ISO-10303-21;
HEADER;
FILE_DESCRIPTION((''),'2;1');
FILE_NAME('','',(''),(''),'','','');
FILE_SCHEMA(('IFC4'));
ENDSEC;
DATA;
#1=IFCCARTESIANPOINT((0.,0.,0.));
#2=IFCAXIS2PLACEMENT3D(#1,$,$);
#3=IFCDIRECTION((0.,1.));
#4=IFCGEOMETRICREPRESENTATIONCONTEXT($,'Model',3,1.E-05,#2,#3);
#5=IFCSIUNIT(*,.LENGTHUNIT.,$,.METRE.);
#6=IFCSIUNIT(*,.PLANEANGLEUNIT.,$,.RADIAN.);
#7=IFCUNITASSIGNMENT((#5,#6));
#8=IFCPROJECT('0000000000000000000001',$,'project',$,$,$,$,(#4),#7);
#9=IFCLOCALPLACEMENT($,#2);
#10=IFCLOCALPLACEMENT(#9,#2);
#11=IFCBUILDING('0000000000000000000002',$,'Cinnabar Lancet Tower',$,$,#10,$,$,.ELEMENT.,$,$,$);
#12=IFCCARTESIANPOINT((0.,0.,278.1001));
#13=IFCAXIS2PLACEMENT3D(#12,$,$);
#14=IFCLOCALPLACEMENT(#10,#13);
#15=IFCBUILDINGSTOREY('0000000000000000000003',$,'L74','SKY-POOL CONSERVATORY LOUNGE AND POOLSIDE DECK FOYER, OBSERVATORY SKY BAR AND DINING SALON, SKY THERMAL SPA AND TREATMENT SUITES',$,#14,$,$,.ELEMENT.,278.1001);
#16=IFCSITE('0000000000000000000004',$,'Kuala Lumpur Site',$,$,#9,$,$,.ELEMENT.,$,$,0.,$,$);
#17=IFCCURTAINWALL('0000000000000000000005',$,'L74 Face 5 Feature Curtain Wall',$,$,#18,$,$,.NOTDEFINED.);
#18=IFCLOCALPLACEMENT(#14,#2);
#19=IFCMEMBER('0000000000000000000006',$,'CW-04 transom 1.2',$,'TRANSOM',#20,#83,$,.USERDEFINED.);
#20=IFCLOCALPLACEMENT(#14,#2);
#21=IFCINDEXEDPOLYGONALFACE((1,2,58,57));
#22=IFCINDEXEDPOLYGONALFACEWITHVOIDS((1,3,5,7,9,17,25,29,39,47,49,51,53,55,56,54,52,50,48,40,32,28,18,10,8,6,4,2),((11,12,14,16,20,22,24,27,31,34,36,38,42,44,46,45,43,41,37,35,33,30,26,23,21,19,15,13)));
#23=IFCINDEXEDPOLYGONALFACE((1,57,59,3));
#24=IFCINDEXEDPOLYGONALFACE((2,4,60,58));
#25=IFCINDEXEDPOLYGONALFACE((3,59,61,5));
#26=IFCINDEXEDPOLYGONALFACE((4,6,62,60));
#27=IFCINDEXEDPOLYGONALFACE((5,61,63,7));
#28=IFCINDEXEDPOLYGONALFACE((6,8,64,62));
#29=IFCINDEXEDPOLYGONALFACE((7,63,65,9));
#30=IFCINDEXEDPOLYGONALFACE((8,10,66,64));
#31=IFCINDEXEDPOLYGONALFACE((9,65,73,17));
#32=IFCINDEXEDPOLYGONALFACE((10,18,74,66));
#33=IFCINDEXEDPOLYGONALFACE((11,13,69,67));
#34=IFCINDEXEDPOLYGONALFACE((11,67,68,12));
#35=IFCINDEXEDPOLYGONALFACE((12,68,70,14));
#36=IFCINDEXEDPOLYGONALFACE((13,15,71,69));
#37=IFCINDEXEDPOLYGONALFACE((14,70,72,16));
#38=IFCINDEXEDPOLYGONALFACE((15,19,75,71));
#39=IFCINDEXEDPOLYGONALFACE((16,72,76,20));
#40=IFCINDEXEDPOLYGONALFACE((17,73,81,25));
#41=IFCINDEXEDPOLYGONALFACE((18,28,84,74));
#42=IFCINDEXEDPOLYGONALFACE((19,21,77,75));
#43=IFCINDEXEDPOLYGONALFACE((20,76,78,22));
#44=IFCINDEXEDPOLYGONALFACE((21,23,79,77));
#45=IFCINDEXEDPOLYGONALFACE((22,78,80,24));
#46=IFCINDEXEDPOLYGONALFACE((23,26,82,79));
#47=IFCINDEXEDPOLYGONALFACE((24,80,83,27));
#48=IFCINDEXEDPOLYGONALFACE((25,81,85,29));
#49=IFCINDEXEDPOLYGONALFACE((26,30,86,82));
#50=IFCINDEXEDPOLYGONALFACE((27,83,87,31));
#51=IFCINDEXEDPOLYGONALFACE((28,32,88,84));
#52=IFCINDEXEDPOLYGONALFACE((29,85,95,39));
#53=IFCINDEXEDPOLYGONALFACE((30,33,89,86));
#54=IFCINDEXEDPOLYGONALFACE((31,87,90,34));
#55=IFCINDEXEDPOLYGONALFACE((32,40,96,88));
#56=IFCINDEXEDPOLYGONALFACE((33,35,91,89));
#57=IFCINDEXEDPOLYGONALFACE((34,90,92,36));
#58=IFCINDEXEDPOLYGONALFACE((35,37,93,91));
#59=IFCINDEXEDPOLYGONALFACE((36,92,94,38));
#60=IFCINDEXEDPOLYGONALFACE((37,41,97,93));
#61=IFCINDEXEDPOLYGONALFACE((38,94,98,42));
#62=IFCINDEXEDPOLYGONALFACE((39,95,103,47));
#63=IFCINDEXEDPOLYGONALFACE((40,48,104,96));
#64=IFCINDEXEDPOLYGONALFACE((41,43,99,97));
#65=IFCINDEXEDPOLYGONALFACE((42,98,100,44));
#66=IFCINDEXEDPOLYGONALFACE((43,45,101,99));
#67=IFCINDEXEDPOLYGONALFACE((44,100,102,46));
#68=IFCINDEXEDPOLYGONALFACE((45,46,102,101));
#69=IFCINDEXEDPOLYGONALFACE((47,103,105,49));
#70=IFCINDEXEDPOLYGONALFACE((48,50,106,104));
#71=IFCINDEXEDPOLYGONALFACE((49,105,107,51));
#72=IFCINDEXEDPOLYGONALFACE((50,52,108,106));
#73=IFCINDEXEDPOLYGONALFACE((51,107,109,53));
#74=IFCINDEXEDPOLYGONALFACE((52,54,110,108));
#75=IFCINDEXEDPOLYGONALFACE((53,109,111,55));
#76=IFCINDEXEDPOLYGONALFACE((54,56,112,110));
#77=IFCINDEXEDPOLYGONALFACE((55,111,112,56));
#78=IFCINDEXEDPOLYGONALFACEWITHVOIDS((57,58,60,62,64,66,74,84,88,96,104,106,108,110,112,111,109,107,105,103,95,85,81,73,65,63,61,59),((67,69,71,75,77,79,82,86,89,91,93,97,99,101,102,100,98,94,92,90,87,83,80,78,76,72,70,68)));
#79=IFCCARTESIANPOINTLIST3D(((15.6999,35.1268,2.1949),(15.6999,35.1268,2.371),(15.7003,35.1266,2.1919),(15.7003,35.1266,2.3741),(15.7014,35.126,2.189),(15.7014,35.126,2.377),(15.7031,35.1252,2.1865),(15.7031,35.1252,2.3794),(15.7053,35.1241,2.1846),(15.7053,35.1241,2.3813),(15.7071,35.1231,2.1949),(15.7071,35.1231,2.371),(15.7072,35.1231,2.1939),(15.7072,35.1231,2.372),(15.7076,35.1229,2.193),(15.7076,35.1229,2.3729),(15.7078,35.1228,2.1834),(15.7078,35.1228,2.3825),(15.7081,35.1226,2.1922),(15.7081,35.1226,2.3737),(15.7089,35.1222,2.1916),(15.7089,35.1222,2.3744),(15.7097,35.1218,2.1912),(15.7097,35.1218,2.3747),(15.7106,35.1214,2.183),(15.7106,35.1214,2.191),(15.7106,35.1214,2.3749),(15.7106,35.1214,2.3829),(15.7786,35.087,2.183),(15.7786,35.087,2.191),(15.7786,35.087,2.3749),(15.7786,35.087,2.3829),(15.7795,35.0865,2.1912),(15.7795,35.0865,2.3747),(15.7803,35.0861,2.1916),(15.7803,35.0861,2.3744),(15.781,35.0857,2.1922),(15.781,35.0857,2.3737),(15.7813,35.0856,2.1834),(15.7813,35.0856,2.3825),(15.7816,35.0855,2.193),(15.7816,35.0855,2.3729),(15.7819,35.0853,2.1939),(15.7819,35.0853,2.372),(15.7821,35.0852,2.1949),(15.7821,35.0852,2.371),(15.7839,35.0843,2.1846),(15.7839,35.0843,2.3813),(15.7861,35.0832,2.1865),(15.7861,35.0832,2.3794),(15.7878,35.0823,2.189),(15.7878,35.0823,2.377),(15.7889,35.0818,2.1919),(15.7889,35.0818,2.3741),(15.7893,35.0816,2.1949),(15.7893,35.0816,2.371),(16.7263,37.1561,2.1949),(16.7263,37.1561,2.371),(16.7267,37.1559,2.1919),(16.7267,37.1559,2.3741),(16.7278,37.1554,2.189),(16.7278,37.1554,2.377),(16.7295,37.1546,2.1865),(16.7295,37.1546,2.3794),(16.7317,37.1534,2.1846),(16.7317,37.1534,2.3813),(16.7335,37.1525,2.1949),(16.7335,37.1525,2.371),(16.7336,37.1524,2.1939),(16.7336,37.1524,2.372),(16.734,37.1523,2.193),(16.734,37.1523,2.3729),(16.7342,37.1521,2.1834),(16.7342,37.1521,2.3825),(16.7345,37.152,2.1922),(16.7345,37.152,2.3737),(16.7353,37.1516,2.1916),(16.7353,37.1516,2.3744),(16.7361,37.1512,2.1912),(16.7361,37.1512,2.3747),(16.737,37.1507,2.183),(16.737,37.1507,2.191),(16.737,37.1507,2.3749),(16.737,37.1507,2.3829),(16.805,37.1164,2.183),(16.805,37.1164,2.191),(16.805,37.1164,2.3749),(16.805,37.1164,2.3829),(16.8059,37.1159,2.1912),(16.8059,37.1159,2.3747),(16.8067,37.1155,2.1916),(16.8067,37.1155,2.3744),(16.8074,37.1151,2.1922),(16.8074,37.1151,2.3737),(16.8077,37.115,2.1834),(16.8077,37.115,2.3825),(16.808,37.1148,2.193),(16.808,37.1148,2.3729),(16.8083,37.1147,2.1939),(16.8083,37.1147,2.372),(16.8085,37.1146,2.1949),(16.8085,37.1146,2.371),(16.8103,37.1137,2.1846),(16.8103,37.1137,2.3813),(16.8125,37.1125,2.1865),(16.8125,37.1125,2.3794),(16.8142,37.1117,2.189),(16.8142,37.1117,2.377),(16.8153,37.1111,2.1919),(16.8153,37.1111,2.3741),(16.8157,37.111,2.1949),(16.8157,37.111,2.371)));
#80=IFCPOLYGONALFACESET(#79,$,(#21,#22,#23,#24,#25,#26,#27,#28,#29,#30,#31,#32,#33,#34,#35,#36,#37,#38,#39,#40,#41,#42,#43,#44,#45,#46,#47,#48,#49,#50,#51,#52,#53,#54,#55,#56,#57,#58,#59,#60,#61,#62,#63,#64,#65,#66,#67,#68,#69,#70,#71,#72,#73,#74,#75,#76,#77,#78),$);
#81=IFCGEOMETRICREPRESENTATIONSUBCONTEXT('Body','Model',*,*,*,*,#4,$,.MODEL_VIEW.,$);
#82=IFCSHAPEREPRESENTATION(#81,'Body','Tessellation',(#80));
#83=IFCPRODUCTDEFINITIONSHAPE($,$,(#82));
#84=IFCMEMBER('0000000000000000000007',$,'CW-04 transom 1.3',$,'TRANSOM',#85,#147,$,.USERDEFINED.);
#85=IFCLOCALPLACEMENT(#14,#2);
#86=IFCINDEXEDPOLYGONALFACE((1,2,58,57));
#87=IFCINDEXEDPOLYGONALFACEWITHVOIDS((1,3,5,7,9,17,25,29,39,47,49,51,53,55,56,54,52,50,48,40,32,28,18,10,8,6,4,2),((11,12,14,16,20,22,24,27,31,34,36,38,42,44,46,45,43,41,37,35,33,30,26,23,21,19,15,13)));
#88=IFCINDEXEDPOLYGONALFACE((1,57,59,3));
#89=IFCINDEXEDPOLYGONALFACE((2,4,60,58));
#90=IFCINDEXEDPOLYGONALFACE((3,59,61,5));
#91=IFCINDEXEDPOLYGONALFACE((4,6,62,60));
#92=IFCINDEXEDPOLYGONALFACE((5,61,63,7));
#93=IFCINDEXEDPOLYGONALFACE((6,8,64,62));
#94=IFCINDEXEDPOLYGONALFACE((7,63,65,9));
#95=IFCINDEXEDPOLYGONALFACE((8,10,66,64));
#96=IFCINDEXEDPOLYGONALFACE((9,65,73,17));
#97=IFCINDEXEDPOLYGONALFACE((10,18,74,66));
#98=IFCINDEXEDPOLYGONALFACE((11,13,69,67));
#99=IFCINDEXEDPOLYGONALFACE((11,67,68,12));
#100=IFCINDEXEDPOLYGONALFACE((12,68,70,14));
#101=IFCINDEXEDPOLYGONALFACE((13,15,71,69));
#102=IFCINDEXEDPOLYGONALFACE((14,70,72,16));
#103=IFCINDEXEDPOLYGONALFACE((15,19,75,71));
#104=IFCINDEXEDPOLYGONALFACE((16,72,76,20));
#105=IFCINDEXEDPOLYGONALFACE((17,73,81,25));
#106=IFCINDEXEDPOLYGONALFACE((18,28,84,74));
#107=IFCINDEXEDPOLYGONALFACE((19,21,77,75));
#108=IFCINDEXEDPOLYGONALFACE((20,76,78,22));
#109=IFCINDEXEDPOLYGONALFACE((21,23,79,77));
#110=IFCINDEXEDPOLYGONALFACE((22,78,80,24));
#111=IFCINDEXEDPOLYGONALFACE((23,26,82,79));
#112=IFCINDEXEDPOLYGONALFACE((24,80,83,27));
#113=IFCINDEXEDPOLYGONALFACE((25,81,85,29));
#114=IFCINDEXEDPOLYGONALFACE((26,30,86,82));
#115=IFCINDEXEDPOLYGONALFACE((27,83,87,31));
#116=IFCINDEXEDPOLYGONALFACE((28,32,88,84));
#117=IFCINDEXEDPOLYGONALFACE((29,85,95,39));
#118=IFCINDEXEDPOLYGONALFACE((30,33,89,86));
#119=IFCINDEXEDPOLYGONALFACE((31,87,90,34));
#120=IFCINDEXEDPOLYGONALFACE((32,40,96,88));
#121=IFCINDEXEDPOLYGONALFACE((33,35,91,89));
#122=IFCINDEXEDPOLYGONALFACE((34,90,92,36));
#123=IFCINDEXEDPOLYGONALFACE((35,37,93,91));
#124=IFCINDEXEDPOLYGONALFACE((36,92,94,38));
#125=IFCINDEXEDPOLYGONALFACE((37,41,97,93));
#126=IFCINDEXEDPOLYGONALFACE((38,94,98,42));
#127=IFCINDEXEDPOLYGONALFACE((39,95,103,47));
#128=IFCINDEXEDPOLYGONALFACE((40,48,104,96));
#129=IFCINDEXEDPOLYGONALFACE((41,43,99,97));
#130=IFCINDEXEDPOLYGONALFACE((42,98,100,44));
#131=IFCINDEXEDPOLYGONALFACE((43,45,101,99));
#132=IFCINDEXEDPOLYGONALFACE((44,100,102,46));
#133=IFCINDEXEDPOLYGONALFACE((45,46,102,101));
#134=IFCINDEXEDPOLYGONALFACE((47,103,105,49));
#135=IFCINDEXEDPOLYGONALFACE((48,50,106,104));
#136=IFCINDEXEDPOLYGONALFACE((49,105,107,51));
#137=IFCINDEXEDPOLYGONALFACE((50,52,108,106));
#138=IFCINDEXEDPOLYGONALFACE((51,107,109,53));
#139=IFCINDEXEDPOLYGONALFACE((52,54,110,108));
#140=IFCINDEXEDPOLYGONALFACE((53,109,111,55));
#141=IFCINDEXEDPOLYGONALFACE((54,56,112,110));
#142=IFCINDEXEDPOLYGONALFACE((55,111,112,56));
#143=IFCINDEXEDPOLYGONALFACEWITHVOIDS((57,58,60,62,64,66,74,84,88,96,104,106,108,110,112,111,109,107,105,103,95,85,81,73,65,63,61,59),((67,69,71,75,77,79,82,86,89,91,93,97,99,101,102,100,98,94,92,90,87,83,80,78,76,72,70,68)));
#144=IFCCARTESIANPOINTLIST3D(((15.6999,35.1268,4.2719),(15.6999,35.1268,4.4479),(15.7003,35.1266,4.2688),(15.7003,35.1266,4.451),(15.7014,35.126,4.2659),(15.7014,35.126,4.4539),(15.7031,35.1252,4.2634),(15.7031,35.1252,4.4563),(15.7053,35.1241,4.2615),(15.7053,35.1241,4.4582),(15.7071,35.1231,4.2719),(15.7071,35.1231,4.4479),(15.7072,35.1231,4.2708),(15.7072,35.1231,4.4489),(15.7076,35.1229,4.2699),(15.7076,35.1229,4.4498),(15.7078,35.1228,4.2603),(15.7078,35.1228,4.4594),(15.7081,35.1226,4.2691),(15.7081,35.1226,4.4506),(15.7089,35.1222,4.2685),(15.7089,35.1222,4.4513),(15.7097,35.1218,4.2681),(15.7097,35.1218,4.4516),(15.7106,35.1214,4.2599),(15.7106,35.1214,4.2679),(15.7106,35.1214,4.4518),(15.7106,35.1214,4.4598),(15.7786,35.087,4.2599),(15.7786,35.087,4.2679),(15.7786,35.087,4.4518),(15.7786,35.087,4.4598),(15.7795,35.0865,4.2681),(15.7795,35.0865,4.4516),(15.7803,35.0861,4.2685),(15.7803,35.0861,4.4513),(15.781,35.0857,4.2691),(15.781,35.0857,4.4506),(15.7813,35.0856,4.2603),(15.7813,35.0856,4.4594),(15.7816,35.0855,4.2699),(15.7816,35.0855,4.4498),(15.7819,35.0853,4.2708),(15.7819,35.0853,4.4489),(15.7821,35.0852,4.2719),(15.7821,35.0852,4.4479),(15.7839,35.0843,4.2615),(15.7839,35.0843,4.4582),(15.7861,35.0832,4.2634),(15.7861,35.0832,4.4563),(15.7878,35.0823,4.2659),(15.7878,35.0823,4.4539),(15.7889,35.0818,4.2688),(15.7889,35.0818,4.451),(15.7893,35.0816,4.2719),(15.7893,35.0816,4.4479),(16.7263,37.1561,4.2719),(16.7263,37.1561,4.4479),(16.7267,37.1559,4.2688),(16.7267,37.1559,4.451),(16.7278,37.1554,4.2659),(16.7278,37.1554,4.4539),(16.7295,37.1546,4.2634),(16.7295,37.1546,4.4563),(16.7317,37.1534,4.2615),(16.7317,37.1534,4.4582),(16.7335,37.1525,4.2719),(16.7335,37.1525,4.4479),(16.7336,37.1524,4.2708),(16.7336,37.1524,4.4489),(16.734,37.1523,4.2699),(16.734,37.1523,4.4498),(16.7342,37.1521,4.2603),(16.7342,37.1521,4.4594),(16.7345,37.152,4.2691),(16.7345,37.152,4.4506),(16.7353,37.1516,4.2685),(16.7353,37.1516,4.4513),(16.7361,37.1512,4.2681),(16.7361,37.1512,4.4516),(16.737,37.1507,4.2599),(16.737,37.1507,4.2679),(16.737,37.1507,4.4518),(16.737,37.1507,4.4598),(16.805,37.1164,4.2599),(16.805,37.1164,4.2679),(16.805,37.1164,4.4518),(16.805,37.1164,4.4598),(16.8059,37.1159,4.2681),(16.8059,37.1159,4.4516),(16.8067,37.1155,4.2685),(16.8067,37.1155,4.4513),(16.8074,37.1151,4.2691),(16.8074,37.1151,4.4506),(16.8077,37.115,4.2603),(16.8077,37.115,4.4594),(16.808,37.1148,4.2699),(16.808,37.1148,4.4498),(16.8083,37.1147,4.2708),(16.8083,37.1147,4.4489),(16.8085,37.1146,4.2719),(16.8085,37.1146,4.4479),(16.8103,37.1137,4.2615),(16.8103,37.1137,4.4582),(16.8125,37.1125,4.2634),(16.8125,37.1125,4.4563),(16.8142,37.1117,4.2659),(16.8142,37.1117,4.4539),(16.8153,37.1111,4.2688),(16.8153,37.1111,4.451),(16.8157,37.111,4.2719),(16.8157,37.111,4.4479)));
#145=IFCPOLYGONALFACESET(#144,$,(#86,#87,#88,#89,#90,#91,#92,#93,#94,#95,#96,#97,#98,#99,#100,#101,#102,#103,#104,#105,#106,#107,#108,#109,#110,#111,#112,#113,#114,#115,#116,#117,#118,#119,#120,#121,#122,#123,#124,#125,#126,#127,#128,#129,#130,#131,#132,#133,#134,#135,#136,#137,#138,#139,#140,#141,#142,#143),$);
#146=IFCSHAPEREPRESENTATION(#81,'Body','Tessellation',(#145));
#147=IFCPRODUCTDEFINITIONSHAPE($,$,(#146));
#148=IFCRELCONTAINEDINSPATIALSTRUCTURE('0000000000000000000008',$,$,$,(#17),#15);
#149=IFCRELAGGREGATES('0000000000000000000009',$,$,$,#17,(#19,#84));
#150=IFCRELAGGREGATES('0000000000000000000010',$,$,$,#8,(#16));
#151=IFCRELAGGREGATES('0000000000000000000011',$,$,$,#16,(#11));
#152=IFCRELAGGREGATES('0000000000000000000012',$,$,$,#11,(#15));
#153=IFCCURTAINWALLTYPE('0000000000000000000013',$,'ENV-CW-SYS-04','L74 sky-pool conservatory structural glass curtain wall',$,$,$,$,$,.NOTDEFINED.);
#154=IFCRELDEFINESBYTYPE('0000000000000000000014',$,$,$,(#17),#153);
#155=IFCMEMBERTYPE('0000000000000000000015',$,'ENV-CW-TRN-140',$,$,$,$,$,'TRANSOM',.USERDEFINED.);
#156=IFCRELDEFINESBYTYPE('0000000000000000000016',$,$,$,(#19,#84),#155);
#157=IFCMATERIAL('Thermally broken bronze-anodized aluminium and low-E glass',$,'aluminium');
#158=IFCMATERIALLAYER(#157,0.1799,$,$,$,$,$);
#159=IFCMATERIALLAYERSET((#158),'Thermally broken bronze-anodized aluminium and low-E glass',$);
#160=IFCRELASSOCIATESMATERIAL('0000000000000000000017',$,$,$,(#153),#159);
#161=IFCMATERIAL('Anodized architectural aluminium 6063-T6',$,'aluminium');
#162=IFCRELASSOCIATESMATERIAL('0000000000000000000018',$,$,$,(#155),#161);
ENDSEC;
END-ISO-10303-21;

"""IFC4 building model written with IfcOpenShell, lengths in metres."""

from ifc_helpers import new_model, si_unit, direction, frame, origin, origin_2d, place, context, subcontext, project, spatial, hollow_rectangle, extrude, material, layer, layer_set, material_profile, profile_set, type_object, element, aggregate, save


model = new_model("IFC4")

# Units and contexts
model_context = context("Model", 3, precision=1e-05, world=origin(), true_north=direction((0.0, 1.0)))
body_context = subcontext(model_context, "Body", "Model", "MODEL_VIEW")
ifc_project = project(units=[si_unit("LENGTHUNIT", "METRE"), si_unit("PLANEANGLEUNIT", "RADIAN")], contexts=[model_context])

# Site, building, storey
site_placement = place(None, origin())
site = spatial("IfcSite", under=ifc_project, at=site_placement, Name="Kuala Lumpur Site", CompositionType="ELEMENT", RefElevation=0.0)
building_placement = place(site_placement, origin())
building = spatial("IfcBuilding", under=site, at=building_placement, Name="Cinnabar Lancet Tower", CompositionType="ELEMENT")
storey_placement = place(building_placement, frame((0.0, 0.0, 278.1001)))
storey = spatial("IfcBuildingStorey", under=building, at=storey_placement, Name="L74", Description="SKY-POOL CONSERVATORY LOUNGE AND POOLSIDE DECK FOYER, OBSERVATORY SKY BAR AND DINING SALON, SKY THERMAL SPA AND TREATMENT SUITES", CompositionType="ELEMENT", Elevation=278.1001)

# Curtain wall, members
ifc_material_1 = material(Name="Thermally broken bronze-anodized aluminium and low-E glass", Category="aluminium")
ifc_layer_1 = layer(ifc_material_1, 0.1799)
ifc_layer_set_1 = layer_set([ifc_layer_1], Name="Thermally broken bronze-anodized aluminium and low-E glass")
curtain_wall_type = type_object("IfcCurtainWallType", Name="ENV-CW-SYS-04", Description="L74 sky-pool conservatory structural glass curtain wall", PredefinedType="NOTDEFINED", material=ifc_layer_set_1)
curtain_wall_placement = place(storey_placement, origin())
curtain_wall = element("IfcCurtainWall", 1, at=curtain_wall_placement, inside=storey, type_object=curtain_wall_type, Name="L74 Face 5 Feature Curtain Wall", PredefinedType="NOTDEFINED")
ifc_material_2 = material(Name="Anodized architectural aluminium 6063-T6", Category="aluminium")
ifc_material_profile_1 = material_profile(ifc_material_2, hollow_rectangle(XDim=0.1001, YDim=0.2, WallThickness=0.0081, InnerFilletRadius=0.0039, OuterFilletRadius=0.012, at=origin_2d()), Name="RHS 200x100x8")
ifc_profile_set_1 = profile_set([ifc_material_profile_1], Name="Anodized architectural aluminium 6063-T6")
member_type_1 = type_object("IfcMemberType", Name="ENV-CW-TRN-140", ElementType="TRANSOM", PredefinedType="USERDEFINED", material=ifc_profile_set_1)
member_1_placement = place(storey_placement, frame((16.771, 37.1335, 2.283), z_axis=(-0.451331, -0.892356, 0.0), x_axis=(0.892356, -0.451331, 0.0)))
member_1 = element("IfcMember", 2, at=member_1_placement, type_object=member_type_1, Name="CW-04 transom 1.2", ObjectType="TRANSOM", PredefinedType="USERDEFINED", context=body_context, shape_type="SweptSolid", body=[
    extrude(hollow_rectangle(XDim=0.1001, YDim=0.2, WallThickness=0.0081, InnerFilletRadius=0.0039, OuterFilletRadius=0.012, at=origin_2d()), origin(), (0.0, 0.0, 1.0), 2.2742),
])
member_2_placement = place(storey_placement, frame((16.771, 37.1335, 4.3599), z_axis=(-0.451331, -0.892356, 0.0), x_axis=(0.892356, -0.451331, 0.0)))
member_2 = element("IfcMember", 3, at=member_2_placement, type_object=member_type_1, Name="CW-04 transom 1.3", ObjectType="TRANSOM", PredefinedType="USERDEFINED", context=body_context, shape_type="SweptSolid", body=[
    extrude(hollow_rectangle(XDim=0.1001, YDim=0.2, WallThickness=0.0081, InnerFilletRadius=0.0039, OuterFilletRadius=0.012, at=origin_2d()), origin(), (0.0, 0.0, 1.0), 2.2742),
])

aggregate(curtain_wall, [member_1, member_2])

save(model, "model.ifc")
